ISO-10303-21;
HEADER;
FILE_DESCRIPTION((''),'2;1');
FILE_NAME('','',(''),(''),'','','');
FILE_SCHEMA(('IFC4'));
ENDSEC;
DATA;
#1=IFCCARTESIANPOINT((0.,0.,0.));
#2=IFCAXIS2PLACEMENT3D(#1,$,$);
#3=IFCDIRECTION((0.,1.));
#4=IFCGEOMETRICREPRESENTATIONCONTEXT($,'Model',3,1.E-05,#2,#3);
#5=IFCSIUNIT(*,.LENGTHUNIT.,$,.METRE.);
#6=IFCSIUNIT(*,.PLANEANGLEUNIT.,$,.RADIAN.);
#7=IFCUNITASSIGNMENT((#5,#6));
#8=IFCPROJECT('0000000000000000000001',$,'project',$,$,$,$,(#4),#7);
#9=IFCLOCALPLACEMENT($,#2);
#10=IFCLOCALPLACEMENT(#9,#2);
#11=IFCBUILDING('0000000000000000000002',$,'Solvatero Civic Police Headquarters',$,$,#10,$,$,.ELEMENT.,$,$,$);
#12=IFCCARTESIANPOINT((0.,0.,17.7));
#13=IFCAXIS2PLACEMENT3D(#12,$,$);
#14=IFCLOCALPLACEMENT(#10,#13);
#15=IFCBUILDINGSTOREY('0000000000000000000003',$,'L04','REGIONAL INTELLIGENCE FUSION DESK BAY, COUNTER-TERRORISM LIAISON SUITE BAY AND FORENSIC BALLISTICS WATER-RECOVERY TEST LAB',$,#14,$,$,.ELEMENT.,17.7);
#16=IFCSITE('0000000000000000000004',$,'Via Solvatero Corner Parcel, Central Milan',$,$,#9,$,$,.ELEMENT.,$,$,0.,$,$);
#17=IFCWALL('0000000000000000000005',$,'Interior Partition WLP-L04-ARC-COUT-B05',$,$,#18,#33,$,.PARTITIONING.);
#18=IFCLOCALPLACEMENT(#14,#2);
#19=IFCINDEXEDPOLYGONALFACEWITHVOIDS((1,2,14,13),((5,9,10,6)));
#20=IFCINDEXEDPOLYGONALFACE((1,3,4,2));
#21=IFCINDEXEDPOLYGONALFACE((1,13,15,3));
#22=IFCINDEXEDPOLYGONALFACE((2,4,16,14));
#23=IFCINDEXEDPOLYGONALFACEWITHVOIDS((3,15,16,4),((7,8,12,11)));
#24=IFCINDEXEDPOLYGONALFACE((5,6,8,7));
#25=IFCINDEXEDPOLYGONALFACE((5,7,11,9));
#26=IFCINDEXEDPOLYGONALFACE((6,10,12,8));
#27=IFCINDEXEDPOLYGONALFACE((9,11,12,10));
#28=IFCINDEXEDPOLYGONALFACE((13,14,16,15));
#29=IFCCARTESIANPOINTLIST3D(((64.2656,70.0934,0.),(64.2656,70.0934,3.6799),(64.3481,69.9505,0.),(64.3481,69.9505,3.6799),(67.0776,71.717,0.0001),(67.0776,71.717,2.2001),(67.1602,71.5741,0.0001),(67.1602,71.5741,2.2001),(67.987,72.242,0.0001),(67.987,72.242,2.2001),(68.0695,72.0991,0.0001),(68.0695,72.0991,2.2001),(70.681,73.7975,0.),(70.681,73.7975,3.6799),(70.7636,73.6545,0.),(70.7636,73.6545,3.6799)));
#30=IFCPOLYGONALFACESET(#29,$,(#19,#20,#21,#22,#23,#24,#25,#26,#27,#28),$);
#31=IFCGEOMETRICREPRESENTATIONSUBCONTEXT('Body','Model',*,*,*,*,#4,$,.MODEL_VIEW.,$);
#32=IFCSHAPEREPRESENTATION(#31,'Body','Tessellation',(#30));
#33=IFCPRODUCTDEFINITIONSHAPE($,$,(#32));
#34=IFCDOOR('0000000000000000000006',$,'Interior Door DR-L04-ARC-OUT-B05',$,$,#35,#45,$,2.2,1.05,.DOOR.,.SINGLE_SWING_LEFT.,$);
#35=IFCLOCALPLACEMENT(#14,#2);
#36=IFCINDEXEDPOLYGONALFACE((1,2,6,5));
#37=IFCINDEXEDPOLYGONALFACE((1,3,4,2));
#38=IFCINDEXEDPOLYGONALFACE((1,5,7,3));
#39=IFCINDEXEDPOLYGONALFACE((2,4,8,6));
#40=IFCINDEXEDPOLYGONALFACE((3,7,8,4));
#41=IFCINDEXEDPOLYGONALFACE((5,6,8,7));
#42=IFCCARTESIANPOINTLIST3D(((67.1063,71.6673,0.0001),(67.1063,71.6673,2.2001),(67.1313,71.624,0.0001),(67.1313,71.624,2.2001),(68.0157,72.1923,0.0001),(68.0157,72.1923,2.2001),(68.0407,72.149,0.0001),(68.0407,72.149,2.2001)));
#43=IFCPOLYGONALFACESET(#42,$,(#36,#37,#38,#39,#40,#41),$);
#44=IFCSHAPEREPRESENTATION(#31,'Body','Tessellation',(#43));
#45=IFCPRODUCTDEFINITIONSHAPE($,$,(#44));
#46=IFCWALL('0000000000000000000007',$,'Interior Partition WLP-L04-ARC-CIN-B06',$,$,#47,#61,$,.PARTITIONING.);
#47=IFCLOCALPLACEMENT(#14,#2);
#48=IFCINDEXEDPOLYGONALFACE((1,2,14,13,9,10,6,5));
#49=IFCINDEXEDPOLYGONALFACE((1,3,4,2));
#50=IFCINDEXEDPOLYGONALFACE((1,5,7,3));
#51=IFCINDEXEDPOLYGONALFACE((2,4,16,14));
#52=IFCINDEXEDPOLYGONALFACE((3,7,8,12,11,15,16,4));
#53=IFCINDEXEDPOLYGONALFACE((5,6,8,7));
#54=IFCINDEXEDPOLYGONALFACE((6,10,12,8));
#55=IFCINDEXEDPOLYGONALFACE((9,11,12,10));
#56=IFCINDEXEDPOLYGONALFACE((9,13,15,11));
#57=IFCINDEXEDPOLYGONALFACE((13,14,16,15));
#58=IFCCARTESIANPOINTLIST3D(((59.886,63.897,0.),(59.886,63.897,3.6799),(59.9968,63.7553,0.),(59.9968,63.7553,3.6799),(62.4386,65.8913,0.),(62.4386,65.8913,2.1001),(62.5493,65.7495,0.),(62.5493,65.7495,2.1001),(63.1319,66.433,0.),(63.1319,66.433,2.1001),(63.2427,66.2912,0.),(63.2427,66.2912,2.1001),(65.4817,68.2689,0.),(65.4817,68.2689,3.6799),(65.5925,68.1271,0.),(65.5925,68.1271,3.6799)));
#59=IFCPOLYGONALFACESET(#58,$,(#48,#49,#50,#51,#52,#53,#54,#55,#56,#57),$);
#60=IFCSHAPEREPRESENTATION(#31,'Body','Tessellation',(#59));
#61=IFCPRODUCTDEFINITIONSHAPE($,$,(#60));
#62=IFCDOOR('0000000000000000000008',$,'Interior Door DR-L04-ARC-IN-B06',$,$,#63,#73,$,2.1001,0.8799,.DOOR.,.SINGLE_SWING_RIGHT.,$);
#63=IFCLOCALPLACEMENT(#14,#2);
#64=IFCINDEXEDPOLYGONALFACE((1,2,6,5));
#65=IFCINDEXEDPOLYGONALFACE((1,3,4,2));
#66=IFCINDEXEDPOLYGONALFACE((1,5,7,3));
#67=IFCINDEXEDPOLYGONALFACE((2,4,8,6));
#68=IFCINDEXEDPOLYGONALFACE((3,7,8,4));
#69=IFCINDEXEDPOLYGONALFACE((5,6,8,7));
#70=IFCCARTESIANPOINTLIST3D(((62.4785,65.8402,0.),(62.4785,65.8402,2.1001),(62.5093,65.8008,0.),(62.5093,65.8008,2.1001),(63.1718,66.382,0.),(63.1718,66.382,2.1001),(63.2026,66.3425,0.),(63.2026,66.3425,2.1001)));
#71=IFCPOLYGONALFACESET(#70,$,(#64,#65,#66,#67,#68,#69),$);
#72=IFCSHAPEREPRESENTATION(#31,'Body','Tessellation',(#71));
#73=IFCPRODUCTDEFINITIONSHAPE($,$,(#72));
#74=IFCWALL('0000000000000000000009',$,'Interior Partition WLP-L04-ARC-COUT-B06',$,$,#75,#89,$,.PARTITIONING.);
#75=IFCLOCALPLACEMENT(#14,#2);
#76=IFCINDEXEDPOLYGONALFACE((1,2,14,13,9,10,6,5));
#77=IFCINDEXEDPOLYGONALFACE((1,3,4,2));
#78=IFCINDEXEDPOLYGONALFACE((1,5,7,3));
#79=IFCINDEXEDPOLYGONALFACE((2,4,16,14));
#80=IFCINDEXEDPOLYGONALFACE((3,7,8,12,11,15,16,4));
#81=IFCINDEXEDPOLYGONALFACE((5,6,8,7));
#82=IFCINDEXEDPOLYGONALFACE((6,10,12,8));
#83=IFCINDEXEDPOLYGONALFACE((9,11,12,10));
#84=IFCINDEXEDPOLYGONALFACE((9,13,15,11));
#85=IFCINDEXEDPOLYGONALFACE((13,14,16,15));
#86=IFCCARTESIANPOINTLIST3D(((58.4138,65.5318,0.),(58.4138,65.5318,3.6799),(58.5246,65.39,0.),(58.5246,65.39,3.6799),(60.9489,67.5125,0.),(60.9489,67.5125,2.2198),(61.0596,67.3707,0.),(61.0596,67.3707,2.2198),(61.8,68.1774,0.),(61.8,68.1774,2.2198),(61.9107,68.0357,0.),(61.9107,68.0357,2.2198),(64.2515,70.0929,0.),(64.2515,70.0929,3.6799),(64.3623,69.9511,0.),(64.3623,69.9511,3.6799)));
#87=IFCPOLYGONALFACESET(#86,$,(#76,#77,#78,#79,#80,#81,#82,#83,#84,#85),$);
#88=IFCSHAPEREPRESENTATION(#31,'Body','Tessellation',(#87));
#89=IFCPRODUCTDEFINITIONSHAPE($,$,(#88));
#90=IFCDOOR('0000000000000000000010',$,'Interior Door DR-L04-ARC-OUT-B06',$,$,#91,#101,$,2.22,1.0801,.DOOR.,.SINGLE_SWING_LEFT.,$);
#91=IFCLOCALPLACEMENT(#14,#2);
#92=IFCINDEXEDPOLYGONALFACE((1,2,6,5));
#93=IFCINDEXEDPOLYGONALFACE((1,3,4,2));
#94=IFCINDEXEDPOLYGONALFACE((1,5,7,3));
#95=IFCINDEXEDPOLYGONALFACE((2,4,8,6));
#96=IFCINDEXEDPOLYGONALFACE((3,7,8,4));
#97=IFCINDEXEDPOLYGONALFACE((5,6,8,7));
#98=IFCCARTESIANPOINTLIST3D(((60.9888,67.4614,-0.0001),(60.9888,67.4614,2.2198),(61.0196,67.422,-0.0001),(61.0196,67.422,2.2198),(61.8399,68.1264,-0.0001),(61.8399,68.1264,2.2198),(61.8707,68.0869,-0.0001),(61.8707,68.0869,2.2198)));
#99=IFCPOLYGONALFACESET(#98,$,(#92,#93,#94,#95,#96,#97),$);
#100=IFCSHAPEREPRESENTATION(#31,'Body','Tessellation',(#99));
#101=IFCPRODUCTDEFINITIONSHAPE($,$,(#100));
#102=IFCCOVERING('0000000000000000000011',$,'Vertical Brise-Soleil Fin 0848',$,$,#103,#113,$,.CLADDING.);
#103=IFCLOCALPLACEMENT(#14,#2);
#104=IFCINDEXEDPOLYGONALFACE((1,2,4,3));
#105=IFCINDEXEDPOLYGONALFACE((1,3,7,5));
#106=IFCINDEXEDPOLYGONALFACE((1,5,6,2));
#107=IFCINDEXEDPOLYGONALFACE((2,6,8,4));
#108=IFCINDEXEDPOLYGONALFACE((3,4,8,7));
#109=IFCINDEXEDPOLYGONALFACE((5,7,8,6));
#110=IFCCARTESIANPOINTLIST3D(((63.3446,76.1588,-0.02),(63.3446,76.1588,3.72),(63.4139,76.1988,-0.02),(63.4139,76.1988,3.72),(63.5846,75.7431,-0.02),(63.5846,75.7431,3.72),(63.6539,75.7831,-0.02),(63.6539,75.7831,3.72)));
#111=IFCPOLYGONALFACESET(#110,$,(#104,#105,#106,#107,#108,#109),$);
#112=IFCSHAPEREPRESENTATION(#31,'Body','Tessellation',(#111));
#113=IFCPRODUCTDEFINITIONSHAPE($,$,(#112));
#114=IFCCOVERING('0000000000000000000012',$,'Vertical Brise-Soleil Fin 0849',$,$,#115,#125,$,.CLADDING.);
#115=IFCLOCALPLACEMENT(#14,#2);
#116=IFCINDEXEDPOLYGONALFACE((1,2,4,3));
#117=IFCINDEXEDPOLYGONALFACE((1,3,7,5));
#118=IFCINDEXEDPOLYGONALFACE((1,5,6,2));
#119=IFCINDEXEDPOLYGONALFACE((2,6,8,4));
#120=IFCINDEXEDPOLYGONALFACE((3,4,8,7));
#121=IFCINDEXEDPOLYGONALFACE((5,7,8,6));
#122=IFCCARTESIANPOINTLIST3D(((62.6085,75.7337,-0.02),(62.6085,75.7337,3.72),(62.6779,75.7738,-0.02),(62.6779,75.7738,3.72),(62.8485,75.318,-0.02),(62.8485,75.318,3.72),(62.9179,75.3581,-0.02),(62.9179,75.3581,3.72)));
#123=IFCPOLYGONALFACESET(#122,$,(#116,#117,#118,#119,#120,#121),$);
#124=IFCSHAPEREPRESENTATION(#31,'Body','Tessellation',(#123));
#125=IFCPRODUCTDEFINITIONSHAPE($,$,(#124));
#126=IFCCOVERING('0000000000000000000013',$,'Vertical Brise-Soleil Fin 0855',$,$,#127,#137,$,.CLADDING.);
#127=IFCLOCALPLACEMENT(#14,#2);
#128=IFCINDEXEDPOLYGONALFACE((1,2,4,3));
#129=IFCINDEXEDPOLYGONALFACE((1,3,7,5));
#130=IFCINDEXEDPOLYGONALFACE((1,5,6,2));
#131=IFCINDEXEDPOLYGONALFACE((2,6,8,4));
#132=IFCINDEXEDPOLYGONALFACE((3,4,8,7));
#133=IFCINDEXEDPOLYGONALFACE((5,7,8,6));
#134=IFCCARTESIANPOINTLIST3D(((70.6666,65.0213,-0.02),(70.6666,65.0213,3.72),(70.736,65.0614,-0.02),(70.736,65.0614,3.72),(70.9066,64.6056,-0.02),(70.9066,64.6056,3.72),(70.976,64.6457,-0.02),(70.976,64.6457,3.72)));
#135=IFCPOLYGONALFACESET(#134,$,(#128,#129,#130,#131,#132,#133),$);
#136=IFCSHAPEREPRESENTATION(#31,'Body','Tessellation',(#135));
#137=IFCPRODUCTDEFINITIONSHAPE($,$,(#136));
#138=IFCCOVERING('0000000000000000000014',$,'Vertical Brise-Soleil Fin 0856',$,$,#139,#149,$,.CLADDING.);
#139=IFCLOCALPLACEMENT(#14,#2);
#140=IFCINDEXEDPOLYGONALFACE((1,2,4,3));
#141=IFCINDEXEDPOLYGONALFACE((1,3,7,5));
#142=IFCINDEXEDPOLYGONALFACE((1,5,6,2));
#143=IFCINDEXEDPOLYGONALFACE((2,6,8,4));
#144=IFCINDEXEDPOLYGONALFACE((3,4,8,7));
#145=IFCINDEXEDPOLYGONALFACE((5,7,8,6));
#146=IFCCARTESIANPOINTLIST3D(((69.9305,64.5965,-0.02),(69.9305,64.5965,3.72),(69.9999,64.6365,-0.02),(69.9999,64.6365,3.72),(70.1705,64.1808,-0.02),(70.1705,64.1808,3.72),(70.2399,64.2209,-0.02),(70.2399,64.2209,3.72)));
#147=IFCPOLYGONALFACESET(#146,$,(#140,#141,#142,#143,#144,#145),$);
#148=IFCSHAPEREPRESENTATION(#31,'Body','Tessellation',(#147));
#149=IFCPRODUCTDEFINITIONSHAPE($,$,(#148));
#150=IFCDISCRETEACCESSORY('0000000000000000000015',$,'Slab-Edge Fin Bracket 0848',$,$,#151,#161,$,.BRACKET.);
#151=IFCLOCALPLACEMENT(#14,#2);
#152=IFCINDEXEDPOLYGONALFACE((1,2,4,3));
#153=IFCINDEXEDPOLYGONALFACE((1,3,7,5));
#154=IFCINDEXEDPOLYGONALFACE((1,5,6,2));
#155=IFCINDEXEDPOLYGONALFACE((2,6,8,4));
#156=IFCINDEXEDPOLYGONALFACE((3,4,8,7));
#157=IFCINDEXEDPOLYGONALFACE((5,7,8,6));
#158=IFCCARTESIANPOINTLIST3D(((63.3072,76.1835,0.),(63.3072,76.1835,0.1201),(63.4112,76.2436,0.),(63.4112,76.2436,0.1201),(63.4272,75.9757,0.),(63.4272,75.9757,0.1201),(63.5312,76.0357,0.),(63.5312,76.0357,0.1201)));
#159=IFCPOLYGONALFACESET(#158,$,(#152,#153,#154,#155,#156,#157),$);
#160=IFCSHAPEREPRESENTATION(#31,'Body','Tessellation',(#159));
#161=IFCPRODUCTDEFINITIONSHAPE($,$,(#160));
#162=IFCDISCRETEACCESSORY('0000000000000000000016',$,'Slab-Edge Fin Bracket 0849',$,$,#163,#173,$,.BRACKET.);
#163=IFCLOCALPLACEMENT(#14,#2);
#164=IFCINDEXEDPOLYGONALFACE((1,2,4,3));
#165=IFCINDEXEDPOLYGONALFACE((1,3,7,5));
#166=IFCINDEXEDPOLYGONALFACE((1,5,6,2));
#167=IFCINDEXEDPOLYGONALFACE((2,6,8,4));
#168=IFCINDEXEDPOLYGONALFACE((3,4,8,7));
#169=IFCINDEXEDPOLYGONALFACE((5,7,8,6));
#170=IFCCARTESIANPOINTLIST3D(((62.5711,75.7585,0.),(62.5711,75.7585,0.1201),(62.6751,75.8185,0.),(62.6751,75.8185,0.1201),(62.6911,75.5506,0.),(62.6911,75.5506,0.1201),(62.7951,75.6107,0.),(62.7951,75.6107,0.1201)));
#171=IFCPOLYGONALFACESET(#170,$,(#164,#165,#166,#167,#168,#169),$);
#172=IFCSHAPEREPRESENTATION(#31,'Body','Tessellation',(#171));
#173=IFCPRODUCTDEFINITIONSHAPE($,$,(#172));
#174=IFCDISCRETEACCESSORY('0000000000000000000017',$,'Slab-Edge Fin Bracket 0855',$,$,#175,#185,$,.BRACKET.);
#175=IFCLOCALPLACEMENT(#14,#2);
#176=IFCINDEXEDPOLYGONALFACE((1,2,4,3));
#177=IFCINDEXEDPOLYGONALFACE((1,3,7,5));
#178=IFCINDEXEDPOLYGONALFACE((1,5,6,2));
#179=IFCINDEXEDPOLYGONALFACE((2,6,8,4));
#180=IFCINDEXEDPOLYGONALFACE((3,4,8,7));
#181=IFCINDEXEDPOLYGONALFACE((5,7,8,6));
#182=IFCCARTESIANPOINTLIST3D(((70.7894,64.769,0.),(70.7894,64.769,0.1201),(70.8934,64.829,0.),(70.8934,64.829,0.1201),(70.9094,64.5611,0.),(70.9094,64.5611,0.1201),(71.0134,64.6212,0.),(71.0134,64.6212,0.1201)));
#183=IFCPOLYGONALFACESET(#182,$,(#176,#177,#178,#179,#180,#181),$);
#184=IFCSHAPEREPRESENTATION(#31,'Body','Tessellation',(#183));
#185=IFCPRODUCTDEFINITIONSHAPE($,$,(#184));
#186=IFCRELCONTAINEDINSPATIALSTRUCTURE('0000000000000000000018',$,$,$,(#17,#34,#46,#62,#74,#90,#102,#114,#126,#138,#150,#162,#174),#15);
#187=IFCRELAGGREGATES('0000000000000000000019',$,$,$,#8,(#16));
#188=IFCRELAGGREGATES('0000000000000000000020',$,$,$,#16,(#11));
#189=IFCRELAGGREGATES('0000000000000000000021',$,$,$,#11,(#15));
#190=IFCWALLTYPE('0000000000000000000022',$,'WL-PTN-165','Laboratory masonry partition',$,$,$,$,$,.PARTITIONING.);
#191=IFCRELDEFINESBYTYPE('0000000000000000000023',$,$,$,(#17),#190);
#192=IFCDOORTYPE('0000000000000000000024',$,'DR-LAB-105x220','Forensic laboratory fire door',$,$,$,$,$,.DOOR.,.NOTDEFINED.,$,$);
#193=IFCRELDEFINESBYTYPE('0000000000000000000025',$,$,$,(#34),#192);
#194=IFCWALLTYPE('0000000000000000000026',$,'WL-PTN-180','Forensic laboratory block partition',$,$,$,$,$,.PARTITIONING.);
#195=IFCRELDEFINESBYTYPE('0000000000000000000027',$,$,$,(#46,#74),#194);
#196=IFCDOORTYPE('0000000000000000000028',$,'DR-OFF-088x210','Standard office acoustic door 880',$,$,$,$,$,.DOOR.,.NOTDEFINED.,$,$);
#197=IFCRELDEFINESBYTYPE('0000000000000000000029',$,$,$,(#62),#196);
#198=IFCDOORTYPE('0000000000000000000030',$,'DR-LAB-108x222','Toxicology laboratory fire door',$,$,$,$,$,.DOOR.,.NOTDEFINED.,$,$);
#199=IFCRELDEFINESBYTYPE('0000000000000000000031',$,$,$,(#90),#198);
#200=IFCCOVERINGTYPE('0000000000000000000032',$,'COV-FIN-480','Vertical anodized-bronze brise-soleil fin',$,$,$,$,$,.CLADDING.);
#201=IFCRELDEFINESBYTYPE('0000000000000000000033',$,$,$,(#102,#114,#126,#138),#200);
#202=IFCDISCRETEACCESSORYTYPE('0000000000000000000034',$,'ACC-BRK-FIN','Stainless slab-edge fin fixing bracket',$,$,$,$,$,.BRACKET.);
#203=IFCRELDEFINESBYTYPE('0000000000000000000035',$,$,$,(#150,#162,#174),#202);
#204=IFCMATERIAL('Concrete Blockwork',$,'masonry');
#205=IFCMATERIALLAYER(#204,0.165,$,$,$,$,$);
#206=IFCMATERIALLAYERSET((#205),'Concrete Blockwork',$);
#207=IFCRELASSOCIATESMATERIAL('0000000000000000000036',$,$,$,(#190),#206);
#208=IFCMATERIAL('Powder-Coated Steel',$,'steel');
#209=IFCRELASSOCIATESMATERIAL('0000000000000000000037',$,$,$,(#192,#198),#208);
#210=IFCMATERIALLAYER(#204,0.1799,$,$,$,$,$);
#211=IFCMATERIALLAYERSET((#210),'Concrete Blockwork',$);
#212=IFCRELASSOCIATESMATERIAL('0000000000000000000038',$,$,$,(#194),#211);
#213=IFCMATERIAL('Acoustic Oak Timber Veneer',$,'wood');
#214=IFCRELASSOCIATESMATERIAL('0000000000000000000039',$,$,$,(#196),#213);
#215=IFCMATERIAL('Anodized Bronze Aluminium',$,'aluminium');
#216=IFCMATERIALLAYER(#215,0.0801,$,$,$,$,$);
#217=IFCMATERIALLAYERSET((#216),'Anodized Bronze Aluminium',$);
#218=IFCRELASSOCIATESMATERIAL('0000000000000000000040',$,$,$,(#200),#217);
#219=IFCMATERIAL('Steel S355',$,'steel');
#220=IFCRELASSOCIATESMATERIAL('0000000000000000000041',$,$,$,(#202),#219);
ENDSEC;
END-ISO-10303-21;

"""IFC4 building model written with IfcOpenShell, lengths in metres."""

from ifc_helpers import new_model, si_unit, direction, frame, frame_2d, origin, origin_2d, place, context, subcontext, project, spatial, rectangle, extrude, material, layer, layer_set, type_object, element, fill, save


model = new_model("IFC4")

# Units and contexts
model_context = context("Model", 3, precision=1e-05, world=origin(), true_north=direction((0.0, 1.0)))
body_context = subcontext(model_context, "Body", "Model", "MODEL_VIEW")
ifc_project = project(units=[si_unit("LENGTHUNIT", "METRE"), si_unit("PLANEANGLEUNIT", "RADIAN")], contexts=[model_context])

# Site, building, storey
site_placement = place(None, origin())
site = spatial("IfcSite", under=ifc_project, at=site_placement, Name="Via Solvatero Corner Parcel, Central Milan", CompositionType="ELEMENT", RefElevation=0.0)
building_placement = place(site_placement, origin())
building = spatial("IfcBuilding", under=site, at=building_placement, Name="Solvatero Civic Police Headquarters", CompositionType="ELEMENT")
storey_placement = place(building_placement, frame((0.0, 0.0, 17.7)))
storey = spatial("IfcBuildingStorey", under=building, at=storey_placement, Name="L04", Description="REGIONAL INTELLIGENCE FUSION DESK BAY, COUNTER-TERRORISM LIAISON SUITE BAY AND FORENSIC BALLISTICS WATER-RECOVERY TEST LAB", CompositionType="ELEMENT", Elevation=17.7)

# Shared definitions
ifc_material_1 = material(Name="Steel S355", Category="steel")

# Shared definitions
ifc_material_2 = material(Name="Anodized Bronze Aluminium", Category="aluminium")

# Walls, openings, doors
ifc_material_3 = material(Name="Concrete Blockwork", Category="masonry")
ifc_layer_1 = layer(ifc_material_3, 0.165)
ifc_layer_set_1 = layer_set([ifc_layer_1], Name="Concrete Blockwork")
wall_type_1 = type_object("IfcWallType", Name="WL-PTN-165", Description="Laboratory masonry partition", PredefinedType="PARTITIONING", material=ifc_layer_set_1)
wall_1_placement = place(storey_placement, frame((70.7224, 73.7261, 0.0), z_axis=(0.0, 0.0, 1.0), x_axis=(-0.86602, -0.50001, 0.0)))
wall_1 = element("IfcWall", 1, at=wall_1_placement, inside=storey, type_object=wall_type_1, Name="Interior Partition WLP-L04-ARC-COUT-B05", PredefinedType="PARTITIONING", context=body_context, shape_type="SweptSolid", body=[
    extrude(rectangle(XDim=7.408, YDim=0.165, at=frame_2d((3.7041, 0.0))), origin(), (0.0, 0.0, 1.0), 3.6799),
])
opening_1_placement = place(wall_1_placement, frame((3.1111, 0.0, 0.0)))
opening_1 = element("IfcOpeningElement", 2, at=opening_1_placement, cuts=wall_1, PredefinedType="OPENING", context=body_context, shape_type="SweptSolid", body=[
    extrude(rectangle(XDim=1.05, YDim=2.2, at=frame_2d((0.5249, 1.1001))), frame((0.0, 0.0925, 0.0), z_axis=(0.0, -1.0, 0.0), x_axis=(1.0, 0.0, 0.0)), (0.0, 0.0, 1.0), 0.1851),
])
ifc_material_4 = material(Name="Powder-Coated Steel", Category="steel")
door_type_1 = type_object("IfcDoorType", Name="DR-LAB-105x220", Description="Forensic laboratory fire door", OperationType="NOTDEFINED", PredefinedType="DOOR", material=ifc_material_4)
door_1_placement = place(opening_1_placement, origin())
door_1 = element("IfcDoor", 3, at=door_1_placement, inside=storey, type_object=door_type_1, Name="Interior Door DR-L04-ARC-OUT-B05", OperationType="SINGLE_SWING_LEFT", OverallHeight=2.2, OverallWidth=1.05, PredefinedType="DOOR", context=body_context, shape_type="SweptSolid", body=[
    extrude(rectangle(XDim=1.05, YDim=2.2, at=frame_2d((0.5249, 1.1001))), frame((0.0, 0.0249, 0.0), z_axis=(0.0, -1.0, 0.0), x_axis=(1.0, 0.0, 0.0)), (0.0, 0.0, 1.0), 0.05),
])
fill(opening_1, door_1)
ifc_layer_2 = layer(ifc_material_3, 0.1799)
ifc_layer_set_2 = layer_set([ifc_layer_2], Name="Concrete Blockwork")
wall_type_2 = type_object("IfcWallType", Name="WL-PTN-180", Description="Forensic laboratory block partition", PredefinedType="PARTITIONING", material=ifc_layer_set_2)
wall_2_placement = place(storey_placement, frame((65.5371, 68.198, 0.0), z_axis=(0.0, 0.0, 1.0), x_axis=(-0.788012, -0.61566, 0.0)))
wall_2 = element("IfcWall", 4, at=wall_2_placement, inside=storey, type_object=wall_type_2, Name="Interior Partition WLP-L04-ARC-CIN-B06", PredefinedType="PARTITIONING", context=body_context, shape_type="SweptSolid", body=[
    extrude(rectangle(XDim=7.1011, YDim=0.1799, at=frame_2d((3.5505, 0.0))), origin(), (0.0, 0.0, 1.0), 3.6799),
])
opening_2_placement = place(wall_2_placement, frame((2.9819, 0.0, 0.0)))
opening_2 = element("IfcOpeningElement", 5, at=opening_2_placement, cuts=wall_2, PredefinedType="OPENING", context=body_context, shape_type="SweptSolid", body=[
    extrude(rectangle(XDim=0.8799, YDim=2.1001, at=frame_2d((0.4399, 1.05))), frame((0.0, 0.0999, 0.0), z_axis=(0.0, -1.0, 0.0), x_axis=(1.0, 0.0, 0.0)), (0.0, 0.0, 1.0), 0.2),
])
ifc_material_5 = material(Name="Acoustic Oak Timber Veneer", Category="wood")
door_type_2 = type_object("IfcDoorType", Name="DR-OFF-088x210", Description="Standard office acoustic door 880", OperationType="NOTDEFINED", PredefinedType="DOOR", material=ifc_material_5)
door_2_placement = place(opening_2_placement, origin())
door_2 = element("IfcDoor", 6, at=door_2_placement, inside=storey, type_object=door_type_2, Name="Interior Door DR-L04-ARC-IN-B06", OperationType="SINGLE_SWING_RIGHT", OverallHeight=2.1001, OverallWidth=0.8799, PredefinedType="DOOR", context=body_context, shape_type="SweptSolid", body=[
    extrude(rectangle(XDim=0.8799, YDim=2.1001, at=frame_2d((0.4399, 1.05))), frame((0.0, 0.0249, 0.0), z_axis=(0.0, -1.0, 0.0), x_axis=(1.0, 0.0, 0.0)), (0.0, 0.0, 1.0), 0.05),
])
fill(opening_2, door_2)
wall_3_placement = place(storey_placement, frame((64.3069, 70.022, 0.0), z_axis=(0.0, 0.0, 1.0), x_axis=(-0.788, -0.615675, 0.0)))
wall_3 = element("IfcWall", 7, at=wall_3_placement, inside=storey, type_object=wall_type_2, Name="Interior Partition WLP-L04-ARC-COUT-B06", PredefinedType="PARTITIONING", context=body_context, shape_type="SweptSolid", body=[
    extrude(rectangle(XDim=7.4082, YDim=0.1799, at=frame_2d((3.7041, 0.0))), origin(), (0.0, 0.0, 1.0), 3.6799),
])
opening_3_placement = place(wall_3_placement, frame((3.1111, 0.0, 0.0)))
opening_3 = element("IfcOpeningElement", 8, at=opening_3_placement, cuts=wall_3, PredefinedType="OPENING", context=body_context, shape_type="SweptSolid", body=[
    extrude(rectangle(XDim=1.0801, YDim=2.22, at=frame_2d((0.54, 1.1099))), frame((0.0, 0.0999, 0.0), z_axis=(0.0, -1.0, 0.0), x_axis=(1.0, 0.0, 0.0)), (0.0, 0.0, 1.0), 0.2),
])
door_type_3 = type_object("IfcDoorType", Name="DR-LAB-108x222", Description="Toxicology laboratory fire door", OperationType="NOTDEFINED", PredefinedType="DOOR", material=ifc_material_4)
door_3_placement = place(opening_3_placement, origin())
door_3 = element("IfcDoor", 9, at=door_3_placement, inside=storey, type_object=door_type_3, Name="Interior Door DR-L04-ARC-OUT-B06", OperationType="SINGLE_SWING_LEFT", OverallHeight=2.22, OverallWidth=1.0801, PredefinedType="DOOR", context=body_context, shape_type="SweptSolid", body=[
    extrude(rectangle(XDim=1.0801, YDim=2.22, at=frame_2d((0.54, 1.1099))), frame((0.0, 0.0249, 0.0), z_axis=(0.0, -1.0, 0.0), x_axis=(1.0, 0.0, 0.0)), (0.0, 0.0, 1.0), 0.05),
])
fill(opening_3, door_3)

# Coverings
ifc_layer_3 = layer(ifc_material_2, 0.0801)
ifc_layer_set_3 = layer_set([ifc_layer_3], Name="Anodized Bronze Aluminium")
covering_type = type_object("IfcCoveringType", Name="COV-FIN-480", Description="Vertical anodized-bronze brise-soleil fin", PredefinedType="CLADDING", material=ifc_layer_set_3)
for number, where, z_axis, x_axis, name in (
    (10, (63.4993, 75.9709, -0.02), (0.0, 0.0, 1.0), (-0.866025, -0.5, 0.0), "Vertical Brise-Soleil Fin 0848"),
    (11, (62.7632, 75.5459, -0.02), (0.0, 0.0, 1.0), (-0.866025, -0.5, 0.0), "Vertical Brise-Soleil Fin 0849"),
    (12, (70.8213, 64.8335, -0.02), (0.0, 0.0, 1.0), (-0.866025, -0.5, 0.0), "Vertical Brise-Soleil Fin 0855"),
    (13, (70.0852, 64.4087, -0.02), (0.0, 0.0, 1.0), (-0.866025, -0.5, 0.0), "Vertical Brise-Soleil Fin 0856"),
):
    element("IfcCovering", number, at=place(storey_placement, frame(where, z_axis=z_axis, x_axis=x_axis)), inside=storey, type_object=covering_type, Name=name, PredefinedType="CLADDING", context=body_context, shape_type="SweptSolid", body=[
        extrude(rectangle(XDim=0.0801, YDim=0.48, at=origin_2d()), origin(), (0.0, 0.0, 1.0), 3.74),
    ])

# Discrete accessories
discrete_accessory_type = type_object("IfcDiscreteAccessoryType", Name="ACC-BRK-FIN", Description="Stainless slab-edge fin fixing bracket", PredefinedType="BRACKET", material=ifc_material_1)
for number, where, z_axis, x_axis, name in (
    (14, (63.4192, 76.1096, 0.0), (0.0, 0.0, 1.0), (-0.866025, -0.5, 0.0), "Slab-Edge Fin Bracket 0848"),
    (15, (62.6831, 75.6846, 0.0), (0.0, 0.0, 1.0), (-0.866025, -0.5, 0.0), "Slab-Edge Fin Bracket 0849"),
    (16, (70.9014, 64.6951, 0.0), (0.0, 0.0, 1.0), (-0.866025, -0.5, 0.0), "Slab-Edge Fin Bracket 0855"),
):
    element("IfcDiscreteAccessory", number, at=place(storey_placement, frame(where, z_axis=z_axis, x_axis=x_axis)), inside=storey, type_object=discrete_accessory_type, Name=name, PredefinedType="BRACKET", context=body_context, shape_type="SweptSolid", body=[
        extrude(rectangle(XDim=0.1201, YDim=0.24, at=origin_2d()), origin(), (0.0, 0.0, 1.0), 0.1201),
    ])

save(model, "model.ifc")
